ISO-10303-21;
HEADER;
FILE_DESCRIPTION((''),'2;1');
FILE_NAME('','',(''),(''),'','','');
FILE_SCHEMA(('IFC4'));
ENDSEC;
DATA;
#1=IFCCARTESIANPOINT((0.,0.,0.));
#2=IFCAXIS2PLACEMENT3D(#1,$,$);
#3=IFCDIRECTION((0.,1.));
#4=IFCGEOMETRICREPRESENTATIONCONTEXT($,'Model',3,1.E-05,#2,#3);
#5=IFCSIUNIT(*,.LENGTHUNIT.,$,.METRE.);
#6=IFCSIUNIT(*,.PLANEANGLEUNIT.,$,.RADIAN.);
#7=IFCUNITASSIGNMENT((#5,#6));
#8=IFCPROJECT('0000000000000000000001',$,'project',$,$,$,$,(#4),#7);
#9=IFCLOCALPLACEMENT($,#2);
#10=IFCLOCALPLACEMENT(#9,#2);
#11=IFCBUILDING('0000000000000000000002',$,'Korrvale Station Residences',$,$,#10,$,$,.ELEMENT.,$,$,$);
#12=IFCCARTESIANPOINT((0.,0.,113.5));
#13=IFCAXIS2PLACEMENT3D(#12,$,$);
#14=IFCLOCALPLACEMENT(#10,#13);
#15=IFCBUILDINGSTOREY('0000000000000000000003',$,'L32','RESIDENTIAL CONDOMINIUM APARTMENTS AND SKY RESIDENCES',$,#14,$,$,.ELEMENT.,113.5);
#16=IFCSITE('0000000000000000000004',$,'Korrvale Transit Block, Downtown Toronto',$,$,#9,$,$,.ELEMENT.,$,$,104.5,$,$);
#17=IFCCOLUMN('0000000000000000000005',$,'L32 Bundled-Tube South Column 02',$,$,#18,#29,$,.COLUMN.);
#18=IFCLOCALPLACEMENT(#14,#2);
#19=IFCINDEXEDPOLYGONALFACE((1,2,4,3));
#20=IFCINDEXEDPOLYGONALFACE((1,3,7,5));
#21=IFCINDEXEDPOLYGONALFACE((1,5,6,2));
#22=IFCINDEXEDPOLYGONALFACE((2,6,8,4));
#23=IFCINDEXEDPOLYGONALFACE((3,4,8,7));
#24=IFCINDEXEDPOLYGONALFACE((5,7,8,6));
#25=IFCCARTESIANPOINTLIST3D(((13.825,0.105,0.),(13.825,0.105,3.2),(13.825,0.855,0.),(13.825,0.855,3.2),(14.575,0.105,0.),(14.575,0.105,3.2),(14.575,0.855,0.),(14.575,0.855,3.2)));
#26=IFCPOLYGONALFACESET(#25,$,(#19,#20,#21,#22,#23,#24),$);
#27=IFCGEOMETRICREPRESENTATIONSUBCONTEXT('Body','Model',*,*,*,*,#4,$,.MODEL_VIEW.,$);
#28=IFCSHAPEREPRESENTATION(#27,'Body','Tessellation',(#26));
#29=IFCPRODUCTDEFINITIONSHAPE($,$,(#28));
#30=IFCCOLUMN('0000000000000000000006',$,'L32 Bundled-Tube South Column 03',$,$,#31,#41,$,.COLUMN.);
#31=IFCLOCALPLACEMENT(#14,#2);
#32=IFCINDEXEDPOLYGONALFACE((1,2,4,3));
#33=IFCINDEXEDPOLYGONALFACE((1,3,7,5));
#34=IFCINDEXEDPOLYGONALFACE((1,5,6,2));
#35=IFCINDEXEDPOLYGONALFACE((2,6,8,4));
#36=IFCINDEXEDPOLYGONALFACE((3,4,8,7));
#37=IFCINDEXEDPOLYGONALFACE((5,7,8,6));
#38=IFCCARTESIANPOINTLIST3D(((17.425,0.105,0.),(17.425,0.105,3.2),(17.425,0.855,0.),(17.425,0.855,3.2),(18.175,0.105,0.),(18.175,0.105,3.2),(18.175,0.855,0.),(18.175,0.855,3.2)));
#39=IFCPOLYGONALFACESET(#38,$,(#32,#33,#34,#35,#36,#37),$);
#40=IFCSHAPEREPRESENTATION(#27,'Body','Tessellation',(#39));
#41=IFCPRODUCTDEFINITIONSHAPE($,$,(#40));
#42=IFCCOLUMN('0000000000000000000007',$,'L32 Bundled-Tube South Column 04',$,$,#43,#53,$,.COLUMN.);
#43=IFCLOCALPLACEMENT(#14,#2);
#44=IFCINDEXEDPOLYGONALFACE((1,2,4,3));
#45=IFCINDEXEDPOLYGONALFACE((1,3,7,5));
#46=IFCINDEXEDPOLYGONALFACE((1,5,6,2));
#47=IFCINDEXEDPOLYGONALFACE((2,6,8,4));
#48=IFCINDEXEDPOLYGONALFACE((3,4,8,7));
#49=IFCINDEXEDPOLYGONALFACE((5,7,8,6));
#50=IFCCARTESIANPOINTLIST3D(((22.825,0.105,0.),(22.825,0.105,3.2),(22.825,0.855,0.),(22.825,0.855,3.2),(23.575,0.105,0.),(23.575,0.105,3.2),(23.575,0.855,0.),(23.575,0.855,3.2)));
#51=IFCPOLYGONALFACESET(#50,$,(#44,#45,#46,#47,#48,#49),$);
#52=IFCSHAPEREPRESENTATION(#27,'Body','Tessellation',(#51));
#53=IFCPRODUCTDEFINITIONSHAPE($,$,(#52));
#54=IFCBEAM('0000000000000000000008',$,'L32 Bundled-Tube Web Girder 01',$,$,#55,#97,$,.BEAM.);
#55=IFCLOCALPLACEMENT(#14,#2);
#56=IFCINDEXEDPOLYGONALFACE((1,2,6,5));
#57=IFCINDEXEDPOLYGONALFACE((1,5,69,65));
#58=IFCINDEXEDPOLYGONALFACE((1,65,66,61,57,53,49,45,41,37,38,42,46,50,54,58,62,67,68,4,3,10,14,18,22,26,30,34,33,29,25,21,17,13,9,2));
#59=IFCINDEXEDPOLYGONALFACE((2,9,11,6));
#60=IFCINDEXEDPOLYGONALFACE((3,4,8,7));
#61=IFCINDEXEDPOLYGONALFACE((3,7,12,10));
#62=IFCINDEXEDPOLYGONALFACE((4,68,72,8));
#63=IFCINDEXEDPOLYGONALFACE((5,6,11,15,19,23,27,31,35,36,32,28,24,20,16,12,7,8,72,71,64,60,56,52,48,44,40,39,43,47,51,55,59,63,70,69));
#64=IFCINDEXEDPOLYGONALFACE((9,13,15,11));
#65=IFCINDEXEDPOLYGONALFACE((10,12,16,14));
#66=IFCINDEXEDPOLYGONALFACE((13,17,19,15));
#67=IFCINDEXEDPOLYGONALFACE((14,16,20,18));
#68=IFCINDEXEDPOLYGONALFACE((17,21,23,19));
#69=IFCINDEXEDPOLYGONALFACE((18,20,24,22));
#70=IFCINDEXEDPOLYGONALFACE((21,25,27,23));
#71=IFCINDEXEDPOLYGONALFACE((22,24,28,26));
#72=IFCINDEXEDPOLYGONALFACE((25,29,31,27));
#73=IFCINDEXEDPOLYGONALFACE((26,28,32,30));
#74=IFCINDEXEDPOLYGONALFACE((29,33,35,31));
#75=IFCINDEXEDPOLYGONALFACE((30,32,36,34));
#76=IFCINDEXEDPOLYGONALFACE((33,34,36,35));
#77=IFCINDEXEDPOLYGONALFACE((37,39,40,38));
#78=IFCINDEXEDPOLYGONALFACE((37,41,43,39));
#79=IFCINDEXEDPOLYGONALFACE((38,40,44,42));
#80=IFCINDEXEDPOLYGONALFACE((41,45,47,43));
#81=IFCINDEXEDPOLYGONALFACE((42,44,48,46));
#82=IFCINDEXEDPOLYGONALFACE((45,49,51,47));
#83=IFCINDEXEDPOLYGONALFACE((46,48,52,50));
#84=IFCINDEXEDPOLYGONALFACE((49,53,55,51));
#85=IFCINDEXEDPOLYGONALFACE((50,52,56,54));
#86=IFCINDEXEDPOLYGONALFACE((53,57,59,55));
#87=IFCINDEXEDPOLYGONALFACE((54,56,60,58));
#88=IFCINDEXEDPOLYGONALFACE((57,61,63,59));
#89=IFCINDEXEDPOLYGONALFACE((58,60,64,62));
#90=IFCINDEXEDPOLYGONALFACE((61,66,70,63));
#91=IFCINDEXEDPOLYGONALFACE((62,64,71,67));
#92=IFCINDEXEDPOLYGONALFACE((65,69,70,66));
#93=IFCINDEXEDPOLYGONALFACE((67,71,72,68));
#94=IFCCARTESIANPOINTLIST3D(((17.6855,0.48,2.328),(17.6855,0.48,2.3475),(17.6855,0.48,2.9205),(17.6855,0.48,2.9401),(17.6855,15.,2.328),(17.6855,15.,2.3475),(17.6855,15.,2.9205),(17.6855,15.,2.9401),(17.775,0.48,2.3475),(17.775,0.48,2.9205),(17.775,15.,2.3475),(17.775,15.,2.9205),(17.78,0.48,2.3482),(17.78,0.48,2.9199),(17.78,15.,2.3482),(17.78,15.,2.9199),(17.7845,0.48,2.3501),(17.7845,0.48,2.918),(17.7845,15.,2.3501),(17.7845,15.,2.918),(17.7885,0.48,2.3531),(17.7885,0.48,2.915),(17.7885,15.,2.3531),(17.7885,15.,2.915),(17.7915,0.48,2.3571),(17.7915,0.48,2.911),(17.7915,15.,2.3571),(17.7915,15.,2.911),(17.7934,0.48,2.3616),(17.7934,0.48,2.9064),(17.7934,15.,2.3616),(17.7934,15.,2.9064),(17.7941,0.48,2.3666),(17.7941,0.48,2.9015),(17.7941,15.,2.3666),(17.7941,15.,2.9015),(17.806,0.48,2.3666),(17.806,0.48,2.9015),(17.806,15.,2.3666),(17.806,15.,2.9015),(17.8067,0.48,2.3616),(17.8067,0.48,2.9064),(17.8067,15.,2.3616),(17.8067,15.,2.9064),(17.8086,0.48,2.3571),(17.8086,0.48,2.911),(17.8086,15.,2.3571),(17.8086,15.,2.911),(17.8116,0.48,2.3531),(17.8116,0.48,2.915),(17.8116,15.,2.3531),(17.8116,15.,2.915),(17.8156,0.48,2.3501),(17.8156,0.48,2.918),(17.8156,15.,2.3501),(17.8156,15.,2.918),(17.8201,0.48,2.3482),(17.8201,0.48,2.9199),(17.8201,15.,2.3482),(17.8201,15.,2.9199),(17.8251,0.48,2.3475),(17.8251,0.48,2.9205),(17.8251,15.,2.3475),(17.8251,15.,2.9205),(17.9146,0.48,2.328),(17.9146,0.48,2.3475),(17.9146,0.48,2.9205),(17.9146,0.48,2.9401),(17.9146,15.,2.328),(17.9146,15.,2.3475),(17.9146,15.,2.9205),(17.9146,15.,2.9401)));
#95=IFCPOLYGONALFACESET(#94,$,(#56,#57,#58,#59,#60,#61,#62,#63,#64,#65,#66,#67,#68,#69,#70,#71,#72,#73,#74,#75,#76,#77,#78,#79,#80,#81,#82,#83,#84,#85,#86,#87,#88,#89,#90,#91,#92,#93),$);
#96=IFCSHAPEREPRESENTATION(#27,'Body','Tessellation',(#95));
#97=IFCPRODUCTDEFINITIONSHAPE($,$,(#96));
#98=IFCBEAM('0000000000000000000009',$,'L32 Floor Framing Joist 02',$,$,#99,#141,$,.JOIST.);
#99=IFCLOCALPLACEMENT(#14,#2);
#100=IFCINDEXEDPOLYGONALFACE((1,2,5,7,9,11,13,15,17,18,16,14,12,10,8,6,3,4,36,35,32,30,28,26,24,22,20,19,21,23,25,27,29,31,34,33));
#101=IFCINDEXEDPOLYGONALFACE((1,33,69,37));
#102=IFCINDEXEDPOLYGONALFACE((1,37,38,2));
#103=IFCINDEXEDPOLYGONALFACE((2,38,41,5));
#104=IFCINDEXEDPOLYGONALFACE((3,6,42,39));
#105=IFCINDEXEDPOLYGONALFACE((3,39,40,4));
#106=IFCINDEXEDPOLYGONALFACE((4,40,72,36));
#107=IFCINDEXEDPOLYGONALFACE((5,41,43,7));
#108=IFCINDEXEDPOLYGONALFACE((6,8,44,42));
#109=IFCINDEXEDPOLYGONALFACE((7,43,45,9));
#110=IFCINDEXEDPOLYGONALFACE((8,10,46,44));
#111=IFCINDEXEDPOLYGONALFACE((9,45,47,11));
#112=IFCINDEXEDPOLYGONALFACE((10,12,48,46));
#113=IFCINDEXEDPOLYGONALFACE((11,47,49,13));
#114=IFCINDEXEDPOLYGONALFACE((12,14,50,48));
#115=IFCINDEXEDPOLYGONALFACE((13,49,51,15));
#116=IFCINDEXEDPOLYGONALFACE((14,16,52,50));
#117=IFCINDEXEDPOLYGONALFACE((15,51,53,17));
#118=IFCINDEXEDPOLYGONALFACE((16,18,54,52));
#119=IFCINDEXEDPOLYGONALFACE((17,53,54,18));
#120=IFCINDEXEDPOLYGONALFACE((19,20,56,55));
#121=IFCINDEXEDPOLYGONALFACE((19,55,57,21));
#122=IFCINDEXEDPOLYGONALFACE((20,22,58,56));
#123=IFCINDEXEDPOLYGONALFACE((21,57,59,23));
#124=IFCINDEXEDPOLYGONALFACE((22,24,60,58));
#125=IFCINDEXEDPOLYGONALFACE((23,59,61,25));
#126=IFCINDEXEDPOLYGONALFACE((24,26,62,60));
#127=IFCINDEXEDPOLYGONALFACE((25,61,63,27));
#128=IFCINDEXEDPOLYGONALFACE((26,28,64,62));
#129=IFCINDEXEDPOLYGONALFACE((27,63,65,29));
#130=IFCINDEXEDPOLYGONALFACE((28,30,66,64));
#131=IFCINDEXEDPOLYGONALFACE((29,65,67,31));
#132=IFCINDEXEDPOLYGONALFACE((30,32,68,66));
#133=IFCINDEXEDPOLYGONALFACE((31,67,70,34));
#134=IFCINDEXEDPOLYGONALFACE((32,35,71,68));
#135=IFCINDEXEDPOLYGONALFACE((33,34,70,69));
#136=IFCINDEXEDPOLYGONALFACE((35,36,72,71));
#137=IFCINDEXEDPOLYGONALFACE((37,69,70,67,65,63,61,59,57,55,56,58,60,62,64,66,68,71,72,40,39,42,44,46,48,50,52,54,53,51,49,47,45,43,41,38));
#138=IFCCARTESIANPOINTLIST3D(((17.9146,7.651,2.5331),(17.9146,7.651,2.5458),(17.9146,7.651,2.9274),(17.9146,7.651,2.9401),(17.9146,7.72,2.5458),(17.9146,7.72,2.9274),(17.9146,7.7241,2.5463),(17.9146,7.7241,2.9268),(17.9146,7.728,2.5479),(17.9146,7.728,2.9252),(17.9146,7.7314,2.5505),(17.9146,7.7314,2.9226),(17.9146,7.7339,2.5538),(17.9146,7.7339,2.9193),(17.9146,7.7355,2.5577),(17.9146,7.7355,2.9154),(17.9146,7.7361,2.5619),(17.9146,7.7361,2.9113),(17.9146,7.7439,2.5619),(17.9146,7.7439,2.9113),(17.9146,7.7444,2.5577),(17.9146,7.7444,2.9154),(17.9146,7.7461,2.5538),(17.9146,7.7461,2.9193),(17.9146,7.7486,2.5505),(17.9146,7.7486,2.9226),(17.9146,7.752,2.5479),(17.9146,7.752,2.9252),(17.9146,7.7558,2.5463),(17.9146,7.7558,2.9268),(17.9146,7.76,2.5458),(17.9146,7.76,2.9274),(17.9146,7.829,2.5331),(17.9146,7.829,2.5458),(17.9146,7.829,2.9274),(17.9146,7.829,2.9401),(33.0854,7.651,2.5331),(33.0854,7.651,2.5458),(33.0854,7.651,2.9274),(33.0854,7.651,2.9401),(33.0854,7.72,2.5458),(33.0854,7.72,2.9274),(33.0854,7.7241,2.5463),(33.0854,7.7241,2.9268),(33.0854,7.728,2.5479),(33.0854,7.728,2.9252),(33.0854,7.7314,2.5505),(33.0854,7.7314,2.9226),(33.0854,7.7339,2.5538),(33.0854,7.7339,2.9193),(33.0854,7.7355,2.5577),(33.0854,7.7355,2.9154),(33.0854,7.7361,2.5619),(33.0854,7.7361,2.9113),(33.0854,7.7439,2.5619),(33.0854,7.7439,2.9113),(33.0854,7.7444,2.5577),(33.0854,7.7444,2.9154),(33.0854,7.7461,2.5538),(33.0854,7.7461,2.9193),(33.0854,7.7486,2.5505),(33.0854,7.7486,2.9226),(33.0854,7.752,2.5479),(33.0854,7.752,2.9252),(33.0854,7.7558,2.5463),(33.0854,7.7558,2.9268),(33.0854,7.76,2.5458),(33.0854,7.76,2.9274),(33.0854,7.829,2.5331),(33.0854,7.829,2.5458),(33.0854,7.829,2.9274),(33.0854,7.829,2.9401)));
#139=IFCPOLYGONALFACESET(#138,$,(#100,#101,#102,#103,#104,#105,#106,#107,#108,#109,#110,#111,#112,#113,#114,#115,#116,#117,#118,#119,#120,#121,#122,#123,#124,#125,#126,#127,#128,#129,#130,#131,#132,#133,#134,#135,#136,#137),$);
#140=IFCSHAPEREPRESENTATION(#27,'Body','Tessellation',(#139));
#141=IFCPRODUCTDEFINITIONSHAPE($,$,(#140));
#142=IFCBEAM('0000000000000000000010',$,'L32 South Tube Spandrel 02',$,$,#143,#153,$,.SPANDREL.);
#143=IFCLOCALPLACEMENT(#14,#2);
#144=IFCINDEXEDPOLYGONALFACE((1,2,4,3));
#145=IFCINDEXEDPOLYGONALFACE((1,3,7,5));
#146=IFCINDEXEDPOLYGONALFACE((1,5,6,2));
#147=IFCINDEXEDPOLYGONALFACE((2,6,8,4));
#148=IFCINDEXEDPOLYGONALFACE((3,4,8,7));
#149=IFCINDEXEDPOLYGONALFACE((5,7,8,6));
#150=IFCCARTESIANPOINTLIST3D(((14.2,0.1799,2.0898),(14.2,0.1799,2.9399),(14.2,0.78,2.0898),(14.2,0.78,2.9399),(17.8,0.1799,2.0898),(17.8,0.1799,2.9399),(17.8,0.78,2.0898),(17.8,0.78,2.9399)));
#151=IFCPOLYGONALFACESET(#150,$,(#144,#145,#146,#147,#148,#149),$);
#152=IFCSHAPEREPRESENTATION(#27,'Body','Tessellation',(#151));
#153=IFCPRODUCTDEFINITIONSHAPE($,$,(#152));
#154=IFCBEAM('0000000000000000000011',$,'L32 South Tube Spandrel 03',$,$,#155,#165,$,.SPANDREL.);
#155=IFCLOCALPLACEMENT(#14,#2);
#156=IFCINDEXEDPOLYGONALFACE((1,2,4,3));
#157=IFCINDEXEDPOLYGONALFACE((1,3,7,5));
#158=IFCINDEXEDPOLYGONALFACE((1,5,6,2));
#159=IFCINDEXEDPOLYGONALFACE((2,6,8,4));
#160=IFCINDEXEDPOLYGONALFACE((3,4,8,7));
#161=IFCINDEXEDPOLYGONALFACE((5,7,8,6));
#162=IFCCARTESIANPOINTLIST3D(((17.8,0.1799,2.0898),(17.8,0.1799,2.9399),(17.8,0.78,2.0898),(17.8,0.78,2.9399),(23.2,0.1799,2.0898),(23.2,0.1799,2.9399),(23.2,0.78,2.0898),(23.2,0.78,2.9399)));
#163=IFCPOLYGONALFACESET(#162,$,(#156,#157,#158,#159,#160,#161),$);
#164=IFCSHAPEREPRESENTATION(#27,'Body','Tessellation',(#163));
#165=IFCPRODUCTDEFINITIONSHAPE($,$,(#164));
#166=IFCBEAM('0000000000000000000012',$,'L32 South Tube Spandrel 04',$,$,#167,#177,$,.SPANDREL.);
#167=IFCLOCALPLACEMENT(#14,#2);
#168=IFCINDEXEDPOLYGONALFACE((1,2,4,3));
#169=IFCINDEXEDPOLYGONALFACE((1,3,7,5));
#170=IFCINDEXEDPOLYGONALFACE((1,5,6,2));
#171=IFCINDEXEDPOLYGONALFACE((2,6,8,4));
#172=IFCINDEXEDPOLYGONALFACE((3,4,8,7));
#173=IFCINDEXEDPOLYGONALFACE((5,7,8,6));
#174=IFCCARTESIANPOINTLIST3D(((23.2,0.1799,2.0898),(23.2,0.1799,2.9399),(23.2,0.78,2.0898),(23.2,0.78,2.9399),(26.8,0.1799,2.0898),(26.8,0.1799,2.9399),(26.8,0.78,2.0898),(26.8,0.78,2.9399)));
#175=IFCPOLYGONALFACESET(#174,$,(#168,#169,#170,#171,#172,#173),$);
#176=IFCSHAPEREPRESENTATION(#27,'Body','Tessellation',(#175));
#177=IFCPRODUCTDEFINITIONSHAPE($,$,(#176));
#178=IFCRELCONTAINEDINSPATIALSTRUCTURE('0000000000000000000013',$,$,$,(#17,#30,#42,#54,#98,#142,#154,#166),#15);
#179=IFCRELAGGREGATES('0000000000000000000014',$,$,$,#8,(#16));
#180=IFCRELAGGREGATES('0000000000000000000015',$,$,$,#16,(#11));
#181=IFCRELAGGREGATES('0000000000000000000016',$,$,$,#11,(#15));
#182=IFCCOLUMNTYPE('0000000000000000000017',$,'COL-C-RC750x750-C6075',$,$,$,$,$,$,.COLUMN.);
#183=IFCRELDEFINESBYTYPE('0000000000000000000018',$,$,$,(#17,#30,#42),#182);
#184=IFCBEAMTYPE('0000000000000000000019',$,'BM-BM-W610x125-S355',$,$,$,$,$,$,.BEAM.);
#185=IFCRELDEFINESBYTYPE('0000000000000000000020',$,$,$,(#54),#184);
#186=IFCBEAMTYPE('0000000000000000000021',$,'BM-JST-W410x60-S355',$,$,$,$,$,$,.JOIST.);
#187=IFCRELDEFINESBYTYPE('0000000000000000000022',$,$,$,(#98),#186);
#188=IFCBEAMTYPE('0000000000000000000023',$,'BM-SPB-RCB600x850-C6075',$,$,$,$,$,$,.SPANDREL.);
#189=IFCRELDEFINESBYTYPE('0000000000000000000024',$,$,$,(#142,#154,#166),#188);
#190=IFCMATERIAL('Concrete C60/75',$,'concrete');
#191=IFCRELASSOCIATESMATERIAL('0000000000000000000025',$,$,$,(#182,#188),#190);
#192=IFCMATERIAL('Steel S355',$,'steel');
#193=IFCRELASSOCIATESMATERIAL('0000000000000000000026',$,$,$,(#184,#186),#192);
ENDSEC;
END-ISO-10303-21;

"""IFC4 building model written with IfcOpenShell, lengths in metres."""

from ifc_helpers import new_model, si_unit, direction, frame, origin, origin_2d, place, context, subcontext, project, spatial, rectangle, i_section, extrude, material, material_profile, profile_set, type_object, element, save


model = new_model("IFC4")

# Units and contexts
model_context = context("Model", 3, precision=1e-05, world=origin(), true_north=direction((0.0, 1.0)))
body_context = subcontext(model_context, "Body", "Model", "MODEL_VIEW")
ifc_project = project(units=[si_unit("LENGTHUNIT", "METRE"), si_unit("PLANEANGLEUNIT", "RADIAN")], contexts=[model_context])

# Site, building, storey
site_placement = place(None, origin())
site = spatial("IfcSite", under=ifc_project, at=site_placement, Name="Korrvale Transit Block, Downtown Toronto", CompositionType="ELEMENT", RefElevation=104.5)
building_placement = place(site_placement, origin())
building = spatial("IfcBuilding", under=site, at=building_placement, Name="Korrvale Station Residences", CompositionType="ELEMENT")
storey_placement = place(building_placement, frame((0.0, 0.0, 113.5)))
storey = spatial("IfcBuildingStorey", under=building, at=storey_placement, Name="L32", Description="RESIDENTIAL CONDOMINIUM APARTMENTS AND SKY RESIDENCES", CompositionType="ELEMENT", Elevation=113.5)

# Columns
ifc_material_1 = material(Name="Concrete C60/75", Category="concrete")
ifc_material_profile_1 = material_profile(ifc_material_1, rectangle(XDim=0.75, YDim=0.75, at=origin_2d()), Name="RC750x750")
ifc_profile_set_1 = profile_set([ifc_material_profile_1], Name="Concrete C60/75")
column_type = type_object("IfcColumnType", Name="COL-C-RC750x750-C6075", PredefinedType="COLUMN", material=ifc_profile_set_1)
for number, where, z_axis, x_axis, name in (
    (1, (14.2, 0.48, 0.0), (0.0, 0.0, 1.0), (1.0, 0.0, 0.0), "L32 Bundled-Tube South Column 02"),
    (2, (17.8, 0.48, 0.0), (0.0, 0.0, 1.0), (1.0, 0.0, 0.0), "L32 Bundled-Tube South Column 03"),
    (3, (23.2, 0.48, 0.0), (0.0, 0.0, 1.0), (1.0, 0.0, 0.0), "L32 Bundled-Tube South Column 04"),
):
    element("IfcColumn", number, at=place(storey_placement, frame(where, z_axis=z_axis, x_axis=x_axis)), inside=storey, type_object=column_type, Name=name, PredefinedType="COLUMN", context=body_context, shape_type="SweptSolid", body=[
        extrude(rectangle(XDim=0.75, YDim=0.75, at=origin_2d()), origin(), (0.0, 0.0, 1.0), 3.2),
    ])

# Beams
ifc_material_2 = material(Name="Steel S355", Category="steel")
ifc_material_profile_2 = material_profile(ifc_material_2, i_section(OverallWidth=0.229, OverallDepth=0.6121, WebThickness=0.012, FlangeThickness=0.0195, FilletRadius=0.019, at=origin_2d()), Name="W610x125")
ifc_profile_set_2 = profile_set([ifc_material_profile_2], Name="Steel S355")
beam_type_1 = type_object("IfcBeamType", Name="BM-BM-W610x125-S355", PredefinedType="BEAM", material=ifc_profile_set_2)
beam_1_placement = place(storey_placement, frame((17.8, 0.48, 2.634), z_axis=(0.0, 1.0, 0.0), x_axis=(-1.0, 0.0, 0.0)))
element("IfcBeam", 4, at=beam_1_placement, inside=storey, type_object=beam_type_1, Name="L32 Bundled-Tube Web Girder 01", PredefinedType="BEAM", context=body_context, shape_type="SweptSolid", body=[
    extrude(i_section(OverallWidth=0.229, OverallDepth=0.6121, WebThickness=0.012, FlangeThickness=0.0195, FilletRadius=0.019, at=origin_2d()), origin(), (0.0, 0.0, 1.0), 14.52),
])
ifc_material_profile_3 = material_profile(ifc_material_2, i_section(OverallWidth=0.178, OverallDepth=0.407, WebThickness=0.0078, FlangeThickness=0.0127, FilletRadius=0.0161, at=origin_2d()), Name="W410x60")
ifc_profile_set_3 = profile_set([ifc_material_profile_3], Name="Steel S355")
beam_type_2 = type_object("IfcBeamType", Name="BM-JST-W410x60-S355", PredefinedType="JOIST", material=ifc_profile_set_3)
beam_2_placement = place(storey_placement, frame((17.9146, 7.74, 2.7366), z_axis=(1.0, 0.0, 0.0), x_axis=(0.0, 1.0, 0.0)))
element("IfcBeam", 5, at=beam_2_placement, inside=storey, type_object=beam_type_2, Name="L32 Floor Framing Joist 02", PredefinedType="JOIST", context=body_context, shape_type="SweptSolid", body=[
    extrude(i_section(OverallWidth=0.178, OverallDepth=0.407, WebThickness=0.0078, FlangeThickness=0.0127, FilletRadius=0.0161, at=origin_2d()), origin(), (0.0, 0.0, 1.0), 15.1709),
])
ifc_material_profile_4 = material_profile(ifc_material_1, rectangle(XDim=0.6001, YDim=0.8501, at=origin_2d()), Name="RCB600x850")
ifc_profile_set_4 = profile_set([ifc_material_profile_4], Name="Concrete C60/75")
beam_type_3 = type_object("IfcBeamType", Name="BM-SPB-RCB600x850-C6075", PredefinedType="SPANDREL", material=ifc_profile_set_4)
beam_3_placement = place(storey_placement, frame((14.2, 0.48, 2.5149), z_axis=(1.0, 0.0, 0.0), x_axis=(0.0, 1.0, 0.0)))
element("IfcBeam", 6, at=beam_3_placement, inside=storey, type_object=beam_type_3, Name="L32 South Tube Spandrel 02", PredefinedType="SPANDREL", context=body_context, shape_type="SweptSolid", body=[
    extrude(rectangle(XDim=0.6001, YDim=0.8501, at=origin_2d()), origin(), (0.0, 0.0, 1.0), 3.6001),
])
beam_4_placement = place(storey_placement, frame((17.8, 0.48, 2.5149), z_axis=(1.0, 0.0, 0.0), x_axis=(0.0, 1.0, 0.0)))
element("IfcBeam", 7, at=beam_4_placement, inside=storey, type_object=beam_type_3, Name="L32 South Tube Spandrel 03", PredefinedType="SPANDREL", context=body_context, shape_type="SweptSolid", body=[
    extrude(rectangle(XDim=0.6001, YDim=0.8501, at=origin_2d()), origin(), (0.0, 0.0, 1.0), 5.3999),
])
beam_5_placement = place(storey_placement, frame((23.2, 0.48, 2.5149), z_axis=(1.0, 0.0, 0.0), x_axis=(0.0, 1.0, 0.0)))
element("IfcBeam", 8, at=beam_5_placement, inside=storey, type_object=beam_type_3, Name="L32 South Tube Spandrel 04", PredefinedType="SPANDREL", context=body_context, shape_type="SweptSolid", body=[
    extrude(rectangle(XDim=0.6001, YDim=0.8501, at=origin_2d()), origin(), (0.0, 0.0, 1.0), 3.6001),
])

save(model, "model.ifc")
